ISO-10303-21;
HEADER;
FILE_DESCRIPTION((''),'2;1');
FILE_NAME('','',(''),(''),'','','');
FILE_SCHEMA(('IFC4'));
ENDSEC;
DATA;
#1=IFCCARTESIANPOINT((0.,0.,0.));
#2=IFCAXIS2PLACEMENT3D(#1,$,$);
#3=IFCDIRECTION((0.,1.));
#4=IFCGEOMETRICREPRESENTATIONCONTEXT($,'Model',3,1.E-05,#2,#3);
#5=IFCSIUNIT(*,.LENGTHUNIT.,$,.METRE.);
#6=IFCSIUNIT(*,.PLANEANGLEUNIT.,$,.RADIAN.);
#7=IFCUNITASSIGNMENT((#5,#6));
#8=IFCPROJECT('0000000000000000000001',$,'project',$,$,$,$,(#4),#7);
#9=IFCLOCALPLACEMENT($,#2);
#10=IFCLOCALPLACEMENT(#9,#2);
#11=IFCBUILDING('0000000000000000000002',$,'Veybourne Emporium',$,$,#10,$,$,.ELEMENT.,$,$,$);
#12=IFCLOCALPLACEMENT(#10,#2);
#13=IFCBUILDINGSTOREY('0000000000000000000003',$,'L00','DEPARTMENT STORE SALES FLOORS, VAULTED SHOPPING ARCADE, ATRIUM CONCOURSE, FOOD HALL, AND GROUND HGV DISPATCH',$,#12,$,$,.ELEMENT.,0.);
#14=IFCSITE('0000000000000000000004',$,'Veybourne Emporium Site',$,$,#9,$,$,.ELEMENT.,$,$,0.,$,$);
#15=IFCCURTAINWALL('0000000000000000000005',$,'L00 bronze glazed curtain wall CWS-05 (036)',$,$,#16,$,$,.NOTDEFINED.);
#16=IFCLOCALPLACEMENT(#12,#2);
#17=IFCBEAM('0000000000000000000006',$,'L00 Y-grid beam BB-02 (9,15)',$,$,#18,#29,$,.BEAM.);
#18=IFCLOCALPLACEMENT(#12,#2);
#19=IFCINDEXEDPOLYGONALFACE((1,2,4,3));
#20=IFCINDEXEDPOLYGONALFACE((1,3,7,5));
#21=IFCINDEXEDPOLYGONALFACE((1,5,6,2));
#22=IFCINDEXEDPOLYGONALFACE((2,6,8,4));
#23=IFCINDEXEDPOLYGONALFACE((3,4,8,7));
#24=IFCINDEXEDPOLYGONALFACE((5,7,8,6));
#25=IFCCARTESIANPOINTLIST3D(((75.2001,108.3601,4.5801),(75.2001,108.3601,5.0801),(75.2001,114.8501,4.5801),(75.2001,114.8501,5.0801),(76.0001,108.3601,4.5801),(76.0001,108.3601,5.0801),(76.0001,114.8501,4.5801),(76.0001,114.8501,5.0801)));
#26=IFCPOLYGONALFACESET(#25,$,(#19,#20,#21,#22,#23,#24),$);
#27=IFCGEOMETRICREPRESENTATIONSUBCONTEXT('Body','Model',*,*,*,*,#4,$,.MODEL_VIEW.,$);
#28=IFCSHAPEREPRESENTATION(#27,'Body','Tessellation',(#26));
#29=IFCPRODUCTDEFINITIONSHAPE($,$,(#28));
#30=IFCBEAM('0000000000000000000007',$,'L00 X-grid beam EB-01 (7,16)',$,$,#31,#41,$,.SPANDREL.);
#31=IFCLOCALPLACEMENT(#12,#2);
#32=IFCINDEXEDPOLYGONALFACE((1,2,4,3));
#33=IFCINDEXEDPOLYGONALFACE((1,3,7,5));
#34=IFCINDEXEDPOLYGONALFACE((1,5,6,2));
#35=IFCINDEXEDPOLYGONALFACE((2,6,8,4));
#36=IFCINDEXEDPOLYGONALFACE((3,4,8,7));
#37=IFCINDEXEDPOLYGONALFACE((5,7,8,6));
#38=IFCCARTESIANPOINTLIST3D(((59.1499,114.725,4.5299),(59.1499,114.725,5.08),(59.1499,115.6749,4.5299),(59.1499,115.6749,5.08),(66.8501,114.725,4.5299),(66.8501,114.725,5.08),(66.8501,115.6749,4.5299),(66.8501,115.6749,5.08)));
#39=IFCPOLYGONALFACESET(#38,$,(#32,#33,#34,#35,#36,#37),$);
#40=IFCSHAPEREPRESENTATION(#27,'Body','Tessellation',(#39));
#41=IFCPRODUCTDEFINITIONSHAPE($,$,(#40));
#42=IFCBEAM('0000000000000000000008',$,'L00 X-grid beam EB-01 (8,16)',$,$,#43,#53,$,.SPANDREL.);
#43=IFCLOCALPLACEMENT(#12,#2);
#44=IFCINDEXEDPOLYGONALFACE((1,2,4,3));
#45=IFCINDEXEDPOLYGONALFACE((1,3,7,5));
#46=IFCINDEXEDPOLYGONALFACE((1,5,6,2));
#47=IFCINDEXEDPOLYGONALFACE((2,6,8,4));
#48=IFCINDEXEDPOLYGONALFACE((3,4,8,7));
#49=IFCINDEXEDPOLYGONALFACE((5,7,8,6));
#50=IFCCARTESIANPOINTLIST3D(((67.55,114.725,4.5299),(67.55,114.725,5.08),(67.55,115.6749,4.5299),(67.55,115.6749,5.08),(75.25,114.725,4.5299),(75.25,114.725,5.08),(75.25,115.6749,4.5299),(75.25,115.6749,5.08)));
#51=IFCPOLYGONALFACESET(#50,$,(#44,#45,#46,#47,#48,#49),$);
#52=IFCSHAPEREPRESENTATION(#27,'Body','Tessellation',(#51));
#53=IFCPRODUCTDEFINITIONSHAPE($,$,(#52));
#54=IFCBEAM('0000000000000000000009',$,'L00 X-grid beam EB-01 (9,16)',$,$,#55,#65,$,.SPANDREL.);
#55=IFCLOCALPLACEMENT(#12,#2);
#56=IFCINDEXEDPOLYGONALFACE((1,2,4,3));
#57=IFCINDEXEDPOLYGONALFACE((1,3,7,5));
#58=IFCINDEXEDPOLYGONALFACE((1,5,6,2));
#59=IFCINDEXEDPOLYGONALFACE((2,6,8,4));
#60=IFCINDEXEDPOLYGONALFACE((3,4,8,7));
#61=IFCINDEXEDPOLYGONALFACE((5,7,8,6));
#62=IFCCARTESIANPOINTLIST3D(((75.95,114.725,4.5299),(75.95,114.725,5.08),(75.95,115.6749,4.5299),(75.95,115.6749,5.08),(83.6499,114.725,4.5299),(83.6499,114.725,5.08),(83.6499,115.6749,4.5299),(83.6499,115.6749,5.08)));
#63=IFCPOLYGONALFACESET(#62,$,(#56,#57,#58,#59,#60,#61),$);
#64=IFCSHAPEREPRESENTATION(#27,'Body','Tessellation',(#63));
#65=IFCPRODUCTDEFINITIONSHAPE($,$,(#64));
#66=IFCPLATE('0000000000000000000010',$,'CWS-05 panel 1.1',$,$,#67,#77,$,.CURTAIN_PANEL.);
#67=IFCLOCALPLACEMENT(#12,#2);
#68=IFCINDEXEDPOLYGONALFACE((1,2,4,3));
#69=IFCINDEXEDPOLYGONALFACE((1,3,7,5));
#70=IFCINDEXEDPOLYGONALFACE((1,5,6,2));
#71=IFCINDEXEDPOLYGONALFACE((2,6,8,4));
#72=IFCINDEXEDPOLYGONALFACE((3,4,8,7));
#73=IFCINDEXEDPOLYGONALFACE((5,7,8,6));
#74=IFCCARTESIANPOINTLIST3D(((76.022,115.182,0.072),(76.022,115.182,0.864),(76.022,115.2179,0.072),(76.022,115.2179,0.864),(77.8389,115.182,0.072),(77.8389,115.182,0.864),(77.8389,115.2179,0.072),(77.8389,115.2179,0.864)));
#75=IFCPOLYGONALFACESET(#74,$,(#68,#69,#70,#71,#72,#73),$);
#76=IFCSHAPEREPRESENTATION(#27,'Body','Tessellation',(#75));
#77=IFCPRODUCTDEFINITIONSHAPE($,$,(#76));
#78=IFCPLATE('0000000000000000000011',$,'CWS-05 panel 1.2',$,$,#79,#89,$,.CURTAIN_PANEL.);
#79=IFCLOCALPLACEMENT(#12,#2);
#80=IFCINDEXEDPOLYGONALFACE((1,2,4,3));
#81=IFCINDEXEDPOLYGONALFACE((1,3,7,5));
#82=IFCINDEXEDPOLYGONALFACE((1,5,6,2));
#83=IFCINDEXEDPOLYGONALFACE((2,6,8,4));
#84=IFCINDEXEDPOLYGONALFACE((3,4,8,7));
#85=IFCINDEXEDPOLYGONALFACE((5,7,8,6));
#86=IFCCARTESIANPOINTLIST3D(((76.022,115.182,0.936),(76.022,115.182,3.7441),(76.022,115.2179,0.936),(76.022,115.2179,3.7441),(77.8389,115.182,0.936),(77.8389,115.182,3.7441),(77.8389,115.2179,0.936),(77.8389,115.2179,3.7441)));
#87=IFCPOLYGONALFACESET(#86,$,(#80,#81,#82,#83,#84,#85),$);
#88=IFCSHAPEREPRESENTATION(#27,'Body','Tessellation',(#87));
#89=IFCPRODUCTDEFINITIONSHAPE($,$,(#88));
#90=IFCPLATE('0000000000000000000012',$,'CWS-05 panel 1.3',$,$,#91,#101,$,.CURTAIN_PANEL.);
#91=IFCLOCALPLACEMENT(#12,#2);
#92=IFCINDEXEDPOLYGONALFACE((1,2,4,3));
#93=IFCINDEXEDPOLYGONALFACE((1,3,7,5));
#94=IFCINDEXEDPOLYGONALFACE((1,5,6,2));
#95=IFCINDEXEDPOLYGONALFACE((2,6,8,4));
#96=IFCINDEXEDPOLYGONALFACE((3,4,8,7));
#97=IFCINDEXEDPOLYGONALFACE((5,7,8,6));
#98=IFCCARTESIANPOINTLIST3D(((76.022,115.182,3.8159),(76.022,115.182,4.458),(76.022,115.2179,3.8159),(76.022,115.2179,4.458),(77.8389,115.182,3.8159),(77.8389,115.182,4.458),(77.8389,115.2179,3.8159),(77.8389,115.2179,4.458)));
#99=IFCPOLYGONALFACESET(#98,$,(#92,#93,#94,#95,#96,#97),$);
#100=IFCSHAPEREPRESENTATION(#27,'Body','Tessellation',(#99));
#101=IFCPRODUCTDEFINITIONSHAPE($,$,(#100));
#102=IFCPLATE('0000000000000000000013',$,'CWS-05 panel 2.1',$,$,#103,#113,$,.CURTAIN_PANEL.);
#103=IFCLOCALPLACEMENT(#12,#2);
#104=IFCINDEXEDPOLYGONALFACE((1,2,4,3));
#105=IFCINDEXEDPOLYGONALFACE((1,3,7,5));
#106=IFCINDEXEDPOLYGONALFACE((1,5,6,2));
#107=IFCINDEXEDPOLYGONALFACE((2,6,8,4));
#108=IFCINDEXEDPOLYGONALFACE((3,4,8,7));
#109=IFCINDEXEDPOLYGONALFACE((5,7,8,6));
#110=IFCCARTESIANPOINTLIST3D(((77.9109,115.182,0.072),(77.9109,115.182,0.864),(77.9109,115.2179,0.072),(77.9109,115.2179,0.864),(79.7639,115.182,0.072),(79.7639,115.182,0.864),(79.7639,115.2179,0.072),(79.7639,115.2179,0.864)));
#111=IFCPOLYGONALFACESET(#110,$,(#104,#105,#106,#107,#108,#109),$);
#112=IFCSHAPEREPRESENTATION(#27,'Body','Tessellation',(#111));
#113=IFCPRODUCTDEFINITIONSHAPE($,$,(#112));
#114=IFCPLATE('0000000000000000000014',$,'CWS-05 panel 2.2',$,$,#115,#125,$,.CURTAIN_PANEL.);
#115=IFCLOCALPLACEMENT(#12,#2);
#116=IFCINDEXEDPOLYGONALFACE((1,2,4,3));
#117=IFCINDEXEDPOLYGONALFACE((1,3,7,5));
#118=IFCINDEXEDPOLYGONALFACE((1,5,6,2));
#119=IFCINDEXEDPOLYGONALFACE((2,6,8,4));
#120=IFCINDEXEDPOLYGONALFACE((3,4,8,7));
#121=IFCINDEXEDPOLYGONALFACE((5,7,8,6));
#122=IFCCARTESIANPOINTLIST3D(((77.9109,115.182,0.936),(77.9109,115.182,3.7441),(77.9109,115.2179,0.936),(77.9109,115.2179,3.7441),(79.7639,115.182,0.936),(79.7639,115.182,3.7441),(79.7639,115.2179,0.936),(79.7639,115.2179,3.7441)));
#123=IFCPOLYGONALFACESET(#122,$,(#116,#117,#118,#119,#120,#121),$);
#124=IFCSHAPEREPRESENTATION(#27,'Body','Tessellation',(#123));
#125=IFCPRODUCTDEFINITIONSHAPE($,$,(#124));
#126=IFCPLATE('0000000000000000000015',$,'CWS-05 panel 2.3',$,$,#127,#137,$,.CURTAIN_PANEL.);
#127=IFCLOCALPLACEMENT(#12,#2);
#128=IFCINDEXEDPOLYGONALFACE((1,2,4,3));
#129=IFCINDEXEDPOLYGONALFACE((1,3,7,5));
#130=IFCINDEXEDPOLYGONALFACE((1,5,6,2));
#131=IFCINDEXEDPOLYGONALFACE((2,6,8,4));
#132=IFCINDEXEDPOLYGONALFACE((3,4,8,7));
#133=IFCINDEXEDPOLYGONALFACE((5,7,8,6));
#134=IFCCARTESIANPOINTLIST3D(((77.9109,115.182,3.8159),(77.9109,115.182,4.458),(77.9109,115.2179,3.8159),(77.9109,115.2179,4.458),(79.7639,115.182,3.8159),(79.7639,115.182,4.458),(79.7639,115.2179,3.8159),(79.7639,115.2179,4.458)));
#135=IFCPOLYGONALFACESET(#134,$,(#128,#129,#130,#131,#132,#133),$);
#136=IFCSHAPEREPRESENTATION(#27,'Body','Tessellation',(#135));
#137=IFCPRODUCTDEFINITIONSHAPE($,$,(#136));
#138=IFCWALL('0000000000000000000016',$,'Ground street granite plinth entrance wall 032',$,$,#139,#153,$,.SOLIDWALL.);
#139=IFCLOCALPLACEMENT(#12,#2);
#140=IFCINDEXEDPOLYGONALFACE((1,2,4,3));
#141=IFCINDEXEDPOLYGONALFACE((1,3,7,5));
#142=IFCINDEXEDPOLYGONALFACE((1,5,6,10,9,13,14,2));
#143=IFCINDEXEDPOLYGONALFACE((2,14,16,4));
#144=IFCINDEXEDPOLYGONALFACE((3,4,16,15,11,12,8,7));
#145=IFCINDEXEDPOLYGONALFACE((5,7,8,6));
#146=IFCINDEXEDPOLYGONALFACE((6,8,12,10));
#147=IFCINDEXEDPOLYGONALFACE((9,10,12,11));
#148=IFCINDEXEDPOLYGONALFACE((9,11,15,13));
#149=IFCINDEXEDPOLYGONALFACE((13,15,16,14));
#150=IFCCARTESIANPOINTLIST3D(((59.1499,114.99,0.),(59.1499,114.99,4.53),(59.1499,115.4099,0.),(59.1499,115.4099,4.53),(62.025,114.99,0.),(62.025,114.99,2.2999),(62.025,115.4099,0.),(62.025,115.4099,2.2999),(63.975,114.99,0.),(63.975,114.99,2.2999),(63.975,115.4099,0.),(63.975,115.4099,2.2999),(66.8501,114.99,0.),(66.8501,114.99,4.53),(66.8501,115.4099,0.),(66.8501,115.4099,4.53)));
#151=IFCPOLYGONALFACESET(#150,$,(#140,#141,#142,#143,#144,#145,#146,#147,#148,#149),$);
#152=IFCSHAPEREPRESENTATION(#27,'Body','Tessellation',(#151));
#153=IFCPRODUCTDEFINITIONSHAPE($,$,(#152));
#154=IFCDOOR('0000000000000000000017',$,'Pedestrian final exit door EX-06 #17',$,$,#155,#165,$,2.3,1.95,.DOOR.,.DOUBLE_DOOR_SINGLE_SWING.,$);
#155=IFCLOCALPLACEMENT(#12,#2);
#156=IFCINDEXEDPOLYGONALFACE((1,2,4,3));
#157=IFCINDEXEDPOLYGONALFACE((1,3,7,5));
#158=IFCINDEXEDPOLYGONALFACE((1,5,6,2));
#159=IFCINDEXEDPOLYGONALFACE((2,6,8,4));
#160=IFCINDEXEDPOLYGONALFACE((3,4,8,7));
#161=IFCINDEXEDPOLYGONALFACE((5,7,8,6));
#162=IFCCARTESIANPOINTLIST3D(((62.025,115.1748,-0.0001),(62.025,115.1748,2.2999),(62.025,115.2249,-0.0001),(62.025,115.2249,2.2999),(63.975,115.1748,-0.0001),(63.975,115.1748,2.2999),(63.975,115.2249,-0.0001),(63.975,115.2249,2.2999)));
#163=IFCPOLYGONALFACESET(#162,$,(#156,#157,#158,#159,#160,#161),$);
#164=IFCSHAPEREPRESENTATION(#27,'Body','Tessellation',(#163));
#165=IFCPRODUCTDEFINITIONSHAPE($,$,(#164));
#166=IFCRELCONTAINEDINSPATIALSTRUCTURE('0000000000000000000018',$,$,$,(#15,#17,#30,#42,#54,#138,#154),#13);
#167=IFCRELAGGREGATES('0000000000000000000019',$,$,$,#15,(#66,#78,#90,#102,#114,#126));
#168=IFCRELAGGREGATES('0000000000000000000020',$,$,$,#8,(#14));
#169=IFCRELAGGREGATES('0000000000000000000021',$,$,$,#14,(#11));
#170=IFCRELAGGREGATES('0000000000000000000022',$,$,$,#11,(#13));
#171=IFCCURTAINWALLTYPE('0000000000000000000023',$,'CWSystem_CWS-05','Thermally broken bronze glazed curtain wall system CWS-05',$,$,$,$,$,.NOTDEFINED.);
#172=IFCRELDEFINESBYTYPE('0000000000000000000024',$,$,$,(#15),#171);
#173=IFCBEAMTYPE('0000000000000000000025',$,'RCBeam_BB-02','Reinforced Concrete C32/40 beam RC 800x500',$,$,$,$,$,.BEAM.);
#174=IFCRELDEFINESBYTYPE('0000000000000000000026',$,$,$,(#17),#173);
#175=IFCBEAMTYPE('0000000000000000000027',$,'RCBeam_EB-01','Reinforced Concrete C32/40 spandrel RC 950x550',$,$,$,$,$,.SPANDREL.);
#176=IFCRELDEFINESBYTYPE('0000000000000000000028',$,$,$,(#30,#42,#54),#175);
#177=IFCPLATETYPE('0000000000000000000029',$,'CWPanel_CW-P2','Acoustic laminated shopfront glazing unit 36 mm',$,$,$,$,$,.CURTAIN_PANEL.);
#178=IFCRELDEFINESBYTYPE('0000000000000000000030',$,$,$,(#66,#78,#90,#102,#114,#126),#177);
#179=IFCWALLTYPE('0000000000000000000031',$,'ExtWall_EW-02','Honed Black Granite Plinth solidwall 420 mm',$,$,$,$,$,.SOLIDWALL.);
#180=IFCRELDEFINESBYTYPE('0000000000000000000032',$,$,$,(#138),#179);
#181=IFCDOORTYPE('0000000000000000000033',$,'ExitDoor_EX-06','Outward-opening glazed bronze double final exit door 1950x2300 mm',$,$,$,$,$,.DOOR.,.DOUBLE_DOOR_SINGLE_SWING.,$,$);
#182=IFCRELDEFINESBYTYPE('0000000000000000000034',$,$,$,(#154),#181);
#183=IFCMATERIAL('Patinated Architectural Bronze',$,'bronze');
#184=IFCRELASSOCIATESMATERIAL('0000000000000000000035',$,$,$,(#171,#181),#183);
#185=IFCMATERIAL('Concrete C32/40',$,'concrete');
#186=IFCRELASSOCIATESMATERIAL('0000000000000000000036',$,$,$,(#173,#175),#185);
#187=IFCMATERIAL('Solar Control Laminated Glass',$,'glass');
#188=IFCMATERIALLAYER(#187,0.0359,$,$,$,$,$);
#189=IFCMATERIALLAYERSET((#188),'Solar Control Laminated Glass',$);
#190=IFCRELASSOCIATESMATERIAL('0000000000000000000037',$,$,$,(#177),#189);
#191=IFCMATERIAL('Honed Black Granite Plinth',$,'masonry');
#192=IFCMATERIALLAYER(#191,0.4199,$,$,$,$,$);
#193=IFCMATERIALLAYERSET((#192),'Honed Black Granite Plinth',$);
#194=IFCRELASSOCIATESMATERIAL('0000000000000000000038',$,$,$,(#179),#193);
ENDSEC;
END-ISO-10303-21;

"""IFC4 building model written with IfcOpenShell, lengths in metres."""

from ifc_helpers import new_model, si_unit, direction, frame, frame_2d, origin, origin_2d, place, context, subcontext, project, spatial, rectangle, extrude, material, layer, layer_set, material_profile, profile_set, type_object, element, fill, aggregate, save


model = new_model("IFC4")

# Units and contexts
model_context = context("Model", 3, precision=1e-05, world=origin(), true_north=direction((0.0, 1.0)))
body_context = subcontext(model_context, "Body", "Model", "MODEL_VIEW")
ifc_project = project(units=[si_unit("LENGTHUNIT", "METRE"), si_unit("PLANEANGLEUNIT", "RADIAN")], contexts=[model_context])

# Site, building, storey
site_placement = place(None, origin())
site = spatial("IfcSite", under=ifc_project, at=site_placement, Name="Veybourne Emporium Site", CompositionType="ELEMENT", RefElevation=0.0)
building_placement = place(site_placement, origin())
building = spatial("IfcBuilding", under=site, at=building_placement, Name="Veybourne Emporium", CompositionType="ELEMENT")
storey_placement = place(building_placement, origin())
storey = spatial("IfcBuildingStorey", under=building, at=storey_placement, Name="L00", Description="DEPARTMENT STORE SALES FLOORS, VAULTED SHOPPING ARCADE, ATRIUM CONCOURSE, FOOD HALL, AND GROUND HGV DISPATCH", CompositionType="ELEMENT", Elevation=0.0)

# Curtain wall
ifc_material_1 = material(Name="Patinated Architectural Bronze", Category="bronze")
curtain_wall_type = type_object("IfcCurtainWallType", Name="CWSystem_CWS-05", Description="Thermally broken bronze glazed curtain wall system CWS-05", PredefinedType="NOTDEFINED", material=ifc_material_1)
curtain_wall_placement = place(storey_placement, origin())
curtain_wall = element("IfcCurtainWall", 1, at=curtain_wall_placement, inside=storey, type_object=curtain_wall_type, Name="L00 bronze glazed curtain wall CWS-05 (036)", PredefinedType="NOTDEFINED")

# Beams
ifc_material_2 = material(Name="Concrete C32/40", Category="concrete")
ifc_material_profile_1 = material_profile(ifc_material_2, rectangle(XDim=0.8, YDim=0.5, at=origin_2d()), Name="RC 800x500")
ifc_profile_set_1 = profile_set([ifc_material_profile_1], Name="Concrete C32/40")
beam_type_1 = type_object("IfcBeamType", Name="RCBeam_BB-02", Description="Reinforced Concrete C32/40 beam RC 800x500", PredefinedType="BEAM", material=ifc_profile_set_1)
for number, where, z_axis, x_axis, name in (
    (2, (75.6001, 108.3601, 4.8301), (0.0, 1.0, 0.0), (-1.0, 0.0, 0.0), "L00 Y-grid beam BB-02 (9,15)"),
):
    element("IfcBeam", number, at=place(storey_placement, frame(where, z_axis=z_axis, x_axis=x_axis)), inside=storey, type_object=beam_type_1, Name=name, PredefinedType="BEAM", context=body_context, shape_type="SweptSolid", body=[
        extrude(rectangle(XDim=0.8, YDim=0.5, at=origin_2d()), origin(), (0.0, 0.0, 1.0), 6.49),
    ])
ifc_material_profile_2 = material_profile(ifc_material_2, rectangle(XDim=0.95, YDim=0.55, at=origin_2d()), Name="RC 950x550")
ifc_profile_set_2 = profile_set([ifc_material_profile_2], Name="Concrete C32/40")
beam_type_2 = type_object("IfcBeamType", Name="RCBeam_EB-01", Description="Reinforced Concrete C32/40 spandrel RC 950x550", PredefinedType="SPANDREL", material=ifc_profile_set_2)
beam_1_placement = place(storey_placement, frame((59.1499, 115.2, 4.8049), z_axis=(1.0, 0.0, 0.0), x_axis=(0.0, 1.0, 0.0)))
element("IfcBeam", 3, at=beam_1_placement, inside=storey, type_object=beam_type_2, Name="L00 X-grid beam EB-01 (7,16)", PredefinedType="SPANDREL", context=body_context, shape_type="SweptSolid", body=[
    extrude(rectangle(XDim=0.95, YDim=0.55, at=origin_2d()), origin(), (0.0, 0.0, 1.0), 7.7002),
])
for number, where, z_axis, x_axis, name in (
    (4, (67.55, 115.2, 4.8049), (1.0, 0.0, 0.0), (0.0, 1.0, 0.0), "L00 X-grid beam EB-01 (8,16)"),
    (5, (75.95, 115.2, 4.8049), (1.0, 0.0, 0.0), (0.0, 1.0, 0.0), "L00 X-grid beam EB-01 (9,16)"),
):
    element("IfcBeam", number, at=place(storey_placement, frame(where, z_axis=z_axis, x_axis=x_axis)), inside=storey, type_object=beam_type_2, Name=name, PredefinedType="SPANDREL", context=body_context, shape_type="SweptSolid", body=[
        extrude(rectangle(XDim=0.95, YDim=0.55, at=origin_2d()), origin(), (0.0, 0.0, 1.0), 7.7),
    ])

# Plates
ifc_material_3 = material(Name="Solar Control Laminated Glass", Category="glass")
ifc_layer_1 = layer(ifc_material_3, 0.0359)
ifc_layer_set_1 = layer_set([ifc_layer_1], Name="Solar Control Laminated Glass")
plate_type = type_object("IfcPlateType", Name="CWPanel_CW-P2", Description="Acoustic laminated shopfront glazing unit 36 mm", PredefinedType="CURTAIN_PANEL", material=ifc_layer_set_1)
plate_1_placement = place(storey_placement, frame((76.9304, 115.2, 0.072), z_axis=(0.0, 0.0, 1.0), x_axis=(1.0, 0.0, 0.0)))
plate_1 = element("IfcPlate", 6, at=plate_1_placement, type_object=plate_type, Name="CWS-05 panel 1.1", PredefinedType="CURTAIN_PANEL", context=body_context, shape_type="SweptSolid", body=[
    extrude(rectangle(XDim=1.8169, YDim=0.0359, at=origin_2d()), origin(), (0.0, 0.0, 1.0), 0.792),
])
plate_2_placement = place(storey_placement, frame((76.9304, 115.2, 0.936), z_axis=(0.0, 0.0, 1.0), x_axis=(1.0, 0.0, 0.0)))
plate_2 = element("IfcPlate", 7, at=plate_2_placement, type_object=plate_type, Name="CWS-05 panel 1.2", PredefinedType="CURTAIN_PANEL", context=body_context, shape_type="SweptSolid", body=[
    extrude(rectangle(XDim=1.8169, YDim=0.0359, at=origin_2d()), origin(), (0.0, 0.0, 1.0), 2.8081),
])
plate_3_placement = place(storey_placement, frame((76.9304, 115.2, 3.8159), z_axis=(0.0, 0.0, 1.0), x_axis=(1.0, 0.0, 0.0)))
plate_3 = element("IfcPlate", 8, at=plate_3_placement, type_object=plate_type, Name="CWS-05 panel 1.3", PredefinedType="CURTAIN_PANEL", context=body_context, shape_type="SweptSolid", body=[
    extrude(rectangle(XDim=1.8169, YDim=0.0359, at=origin_2d()), origin(), (0.0, 0.0, 1.0), 0.6421),
])
plate_4_placement = place(storey_placement, frame((78.8374, 115.2, 0.072), z_axis=(0.0, 0.0, 1.0), x_axis=(1.0, 0.0, 0.0)))
plate_4 = element("IfcPlate", 9, at=plate_4_placement, type_object=plate_type, Name="CWS-05 panel 2.1", PredefinedType="CURTAIN_PANEL", context=body_context, shape_type="SweptSolid", body=[
    extrude(rectangle(XDim=1.853, YDim=0.0359, at=origin_2d()), origin(), (0.0, 0.0, 1.0), 0.792),
])
plate_5_placement = place(storey_placement, frame((78.8374, 115.2, 0.936), z_axis=(0.0, 0.0, 1.0), x_axis=(1.0, 0.0, 0.0)))
plate_5 = element("IfcPlate", 10, at=plate_5_placement, type_object=plate_type, Name="CWS-05 panel 2.2", PredefinedType="CURTAIN_PANEL", context=body_context, shape_type="SweptSolid", body=[
    extrude(rectangle(XDim=1.853, YDim=0.0359, at=origin_2d()), origin(), (0.0, 0.0, 1.0), 2.8081),
])
plate_6_placement = place(storey_placement, frame((78.8374, 115.2, 3.8159), z_axis=(0.0, 0.0, 1.0), x_axis=(1.0, 0.0, 0.0)))
plate_6 = element("IfcPlate", 11, at=plate_6_placement, type_object=plate_type, Name="CWS-05 panel 2.3", PredefinedType="CURTAIN_PANEL", context=body_context, shape_type="SweptSolid", body=[
    extrude(rectangle(XDim=1.853, YDim=0.0359, at=origin_2d()), origin(), (0.0, 0.0, 1.0), 0.6421),
])
aggregate(curtain_wall, [plate_1, plate_2, plate_3, plate_4, plate_5, plate_6])

# Wall, opening, door
ifc_material_4 = material(Name="Honed Black Granite Plinth", Category="masonry")
ifc_layer_2 = layer(ifc_material_4, 0.4199)
ifc_layer_set_2 = layer_set([ifc_layer_2], Name="Honed Black Granite Plinth")
wall_type = type_object("IfcWallType", Name="ExtWall_EW-02", Description="Honed Black Granite Plinth solidwall 420 mm", PredefinedType="SOLIDWALL", material=ifc_layer_set_2)
wall_1_placement = place(storey_placement, frame((59.1499, 115.2, 0.0), z_axis=(0.0, 0.0, 1.0), x_axis=(1.0, 0.0, 0.0)))
wall_1 = element("IfcWall", 12, at=wall_1_placement, inside=storey, type_object=wall_type, Name="Ground street granite plinth entrance wall 032", PredefinedType="SOLIDWALL", context=body_context, shape_type="SweptSolid", body=[
    extrude(rectangle(XDim=7.7002, YDim=0.4199, at=frame_2d((3.8501, 0.0))), origin(), (0.0, 0.0, 1.0), 4.53),
])
opening_1_placement = place(wall_1_placement, frame((2.875, 0.0, 0.0)))
opening_1 = element("IfcOpeningElement", 13, at=opening_1_placement, cuts=wall_1, PredefinedType="OPENING", context=body_context, shape_type="SweptSolid", body=[
    extrude(rectangle(XDim=1.95, YDim=2.3, at=frame_2d((0.9751, 1.1499))), frame((0.0, 0.23, 0.0), z_axis=(0.0, -1.0, 0.0), x_axis=(1.0, 0.0, 0.0)), (0.0, 0.0, 1.0), 0.46),
])
door_type_1 = type_object("IfcDoorType", Name="ExitDoor_EX-06", Description="Outward-opening glazed bronze double final exit door 1950x2300 mm", OperationType="DOUBLE_DOOR_SINGLE_SWING", PredefinedType="DOOR", material=ifc_material_1)
door_1_placement = place(opening_1_placement, origin())
door_1 = element("IfcDoor", 14, at=door_1_placement, inside=storey, type_object=door_type_1, Name="Pedestrian final exit door EX-06 #17", OperationType="DOUBLE_DOOR_SINGLE_SWING", OverallHeight=2.3, OverallWidth=1.95, PredefinedType="DOOR", context=body_context, shape_type="SweptSolid", body=[
    extrude(rectangle(XDim=1.95, YDim=2.3, at=frame_2d((0.9751, 1.1499))), frame((0.0, 0.0249, 0.0), z_axis=(0.0, -1.0, 0.0), x_axis=(1.0, 0.0, 0.0)), (0.0, 0.0, 1.0), 0.05),
])
fill(opening_1, door_1)

save(model, "model.ifc")
